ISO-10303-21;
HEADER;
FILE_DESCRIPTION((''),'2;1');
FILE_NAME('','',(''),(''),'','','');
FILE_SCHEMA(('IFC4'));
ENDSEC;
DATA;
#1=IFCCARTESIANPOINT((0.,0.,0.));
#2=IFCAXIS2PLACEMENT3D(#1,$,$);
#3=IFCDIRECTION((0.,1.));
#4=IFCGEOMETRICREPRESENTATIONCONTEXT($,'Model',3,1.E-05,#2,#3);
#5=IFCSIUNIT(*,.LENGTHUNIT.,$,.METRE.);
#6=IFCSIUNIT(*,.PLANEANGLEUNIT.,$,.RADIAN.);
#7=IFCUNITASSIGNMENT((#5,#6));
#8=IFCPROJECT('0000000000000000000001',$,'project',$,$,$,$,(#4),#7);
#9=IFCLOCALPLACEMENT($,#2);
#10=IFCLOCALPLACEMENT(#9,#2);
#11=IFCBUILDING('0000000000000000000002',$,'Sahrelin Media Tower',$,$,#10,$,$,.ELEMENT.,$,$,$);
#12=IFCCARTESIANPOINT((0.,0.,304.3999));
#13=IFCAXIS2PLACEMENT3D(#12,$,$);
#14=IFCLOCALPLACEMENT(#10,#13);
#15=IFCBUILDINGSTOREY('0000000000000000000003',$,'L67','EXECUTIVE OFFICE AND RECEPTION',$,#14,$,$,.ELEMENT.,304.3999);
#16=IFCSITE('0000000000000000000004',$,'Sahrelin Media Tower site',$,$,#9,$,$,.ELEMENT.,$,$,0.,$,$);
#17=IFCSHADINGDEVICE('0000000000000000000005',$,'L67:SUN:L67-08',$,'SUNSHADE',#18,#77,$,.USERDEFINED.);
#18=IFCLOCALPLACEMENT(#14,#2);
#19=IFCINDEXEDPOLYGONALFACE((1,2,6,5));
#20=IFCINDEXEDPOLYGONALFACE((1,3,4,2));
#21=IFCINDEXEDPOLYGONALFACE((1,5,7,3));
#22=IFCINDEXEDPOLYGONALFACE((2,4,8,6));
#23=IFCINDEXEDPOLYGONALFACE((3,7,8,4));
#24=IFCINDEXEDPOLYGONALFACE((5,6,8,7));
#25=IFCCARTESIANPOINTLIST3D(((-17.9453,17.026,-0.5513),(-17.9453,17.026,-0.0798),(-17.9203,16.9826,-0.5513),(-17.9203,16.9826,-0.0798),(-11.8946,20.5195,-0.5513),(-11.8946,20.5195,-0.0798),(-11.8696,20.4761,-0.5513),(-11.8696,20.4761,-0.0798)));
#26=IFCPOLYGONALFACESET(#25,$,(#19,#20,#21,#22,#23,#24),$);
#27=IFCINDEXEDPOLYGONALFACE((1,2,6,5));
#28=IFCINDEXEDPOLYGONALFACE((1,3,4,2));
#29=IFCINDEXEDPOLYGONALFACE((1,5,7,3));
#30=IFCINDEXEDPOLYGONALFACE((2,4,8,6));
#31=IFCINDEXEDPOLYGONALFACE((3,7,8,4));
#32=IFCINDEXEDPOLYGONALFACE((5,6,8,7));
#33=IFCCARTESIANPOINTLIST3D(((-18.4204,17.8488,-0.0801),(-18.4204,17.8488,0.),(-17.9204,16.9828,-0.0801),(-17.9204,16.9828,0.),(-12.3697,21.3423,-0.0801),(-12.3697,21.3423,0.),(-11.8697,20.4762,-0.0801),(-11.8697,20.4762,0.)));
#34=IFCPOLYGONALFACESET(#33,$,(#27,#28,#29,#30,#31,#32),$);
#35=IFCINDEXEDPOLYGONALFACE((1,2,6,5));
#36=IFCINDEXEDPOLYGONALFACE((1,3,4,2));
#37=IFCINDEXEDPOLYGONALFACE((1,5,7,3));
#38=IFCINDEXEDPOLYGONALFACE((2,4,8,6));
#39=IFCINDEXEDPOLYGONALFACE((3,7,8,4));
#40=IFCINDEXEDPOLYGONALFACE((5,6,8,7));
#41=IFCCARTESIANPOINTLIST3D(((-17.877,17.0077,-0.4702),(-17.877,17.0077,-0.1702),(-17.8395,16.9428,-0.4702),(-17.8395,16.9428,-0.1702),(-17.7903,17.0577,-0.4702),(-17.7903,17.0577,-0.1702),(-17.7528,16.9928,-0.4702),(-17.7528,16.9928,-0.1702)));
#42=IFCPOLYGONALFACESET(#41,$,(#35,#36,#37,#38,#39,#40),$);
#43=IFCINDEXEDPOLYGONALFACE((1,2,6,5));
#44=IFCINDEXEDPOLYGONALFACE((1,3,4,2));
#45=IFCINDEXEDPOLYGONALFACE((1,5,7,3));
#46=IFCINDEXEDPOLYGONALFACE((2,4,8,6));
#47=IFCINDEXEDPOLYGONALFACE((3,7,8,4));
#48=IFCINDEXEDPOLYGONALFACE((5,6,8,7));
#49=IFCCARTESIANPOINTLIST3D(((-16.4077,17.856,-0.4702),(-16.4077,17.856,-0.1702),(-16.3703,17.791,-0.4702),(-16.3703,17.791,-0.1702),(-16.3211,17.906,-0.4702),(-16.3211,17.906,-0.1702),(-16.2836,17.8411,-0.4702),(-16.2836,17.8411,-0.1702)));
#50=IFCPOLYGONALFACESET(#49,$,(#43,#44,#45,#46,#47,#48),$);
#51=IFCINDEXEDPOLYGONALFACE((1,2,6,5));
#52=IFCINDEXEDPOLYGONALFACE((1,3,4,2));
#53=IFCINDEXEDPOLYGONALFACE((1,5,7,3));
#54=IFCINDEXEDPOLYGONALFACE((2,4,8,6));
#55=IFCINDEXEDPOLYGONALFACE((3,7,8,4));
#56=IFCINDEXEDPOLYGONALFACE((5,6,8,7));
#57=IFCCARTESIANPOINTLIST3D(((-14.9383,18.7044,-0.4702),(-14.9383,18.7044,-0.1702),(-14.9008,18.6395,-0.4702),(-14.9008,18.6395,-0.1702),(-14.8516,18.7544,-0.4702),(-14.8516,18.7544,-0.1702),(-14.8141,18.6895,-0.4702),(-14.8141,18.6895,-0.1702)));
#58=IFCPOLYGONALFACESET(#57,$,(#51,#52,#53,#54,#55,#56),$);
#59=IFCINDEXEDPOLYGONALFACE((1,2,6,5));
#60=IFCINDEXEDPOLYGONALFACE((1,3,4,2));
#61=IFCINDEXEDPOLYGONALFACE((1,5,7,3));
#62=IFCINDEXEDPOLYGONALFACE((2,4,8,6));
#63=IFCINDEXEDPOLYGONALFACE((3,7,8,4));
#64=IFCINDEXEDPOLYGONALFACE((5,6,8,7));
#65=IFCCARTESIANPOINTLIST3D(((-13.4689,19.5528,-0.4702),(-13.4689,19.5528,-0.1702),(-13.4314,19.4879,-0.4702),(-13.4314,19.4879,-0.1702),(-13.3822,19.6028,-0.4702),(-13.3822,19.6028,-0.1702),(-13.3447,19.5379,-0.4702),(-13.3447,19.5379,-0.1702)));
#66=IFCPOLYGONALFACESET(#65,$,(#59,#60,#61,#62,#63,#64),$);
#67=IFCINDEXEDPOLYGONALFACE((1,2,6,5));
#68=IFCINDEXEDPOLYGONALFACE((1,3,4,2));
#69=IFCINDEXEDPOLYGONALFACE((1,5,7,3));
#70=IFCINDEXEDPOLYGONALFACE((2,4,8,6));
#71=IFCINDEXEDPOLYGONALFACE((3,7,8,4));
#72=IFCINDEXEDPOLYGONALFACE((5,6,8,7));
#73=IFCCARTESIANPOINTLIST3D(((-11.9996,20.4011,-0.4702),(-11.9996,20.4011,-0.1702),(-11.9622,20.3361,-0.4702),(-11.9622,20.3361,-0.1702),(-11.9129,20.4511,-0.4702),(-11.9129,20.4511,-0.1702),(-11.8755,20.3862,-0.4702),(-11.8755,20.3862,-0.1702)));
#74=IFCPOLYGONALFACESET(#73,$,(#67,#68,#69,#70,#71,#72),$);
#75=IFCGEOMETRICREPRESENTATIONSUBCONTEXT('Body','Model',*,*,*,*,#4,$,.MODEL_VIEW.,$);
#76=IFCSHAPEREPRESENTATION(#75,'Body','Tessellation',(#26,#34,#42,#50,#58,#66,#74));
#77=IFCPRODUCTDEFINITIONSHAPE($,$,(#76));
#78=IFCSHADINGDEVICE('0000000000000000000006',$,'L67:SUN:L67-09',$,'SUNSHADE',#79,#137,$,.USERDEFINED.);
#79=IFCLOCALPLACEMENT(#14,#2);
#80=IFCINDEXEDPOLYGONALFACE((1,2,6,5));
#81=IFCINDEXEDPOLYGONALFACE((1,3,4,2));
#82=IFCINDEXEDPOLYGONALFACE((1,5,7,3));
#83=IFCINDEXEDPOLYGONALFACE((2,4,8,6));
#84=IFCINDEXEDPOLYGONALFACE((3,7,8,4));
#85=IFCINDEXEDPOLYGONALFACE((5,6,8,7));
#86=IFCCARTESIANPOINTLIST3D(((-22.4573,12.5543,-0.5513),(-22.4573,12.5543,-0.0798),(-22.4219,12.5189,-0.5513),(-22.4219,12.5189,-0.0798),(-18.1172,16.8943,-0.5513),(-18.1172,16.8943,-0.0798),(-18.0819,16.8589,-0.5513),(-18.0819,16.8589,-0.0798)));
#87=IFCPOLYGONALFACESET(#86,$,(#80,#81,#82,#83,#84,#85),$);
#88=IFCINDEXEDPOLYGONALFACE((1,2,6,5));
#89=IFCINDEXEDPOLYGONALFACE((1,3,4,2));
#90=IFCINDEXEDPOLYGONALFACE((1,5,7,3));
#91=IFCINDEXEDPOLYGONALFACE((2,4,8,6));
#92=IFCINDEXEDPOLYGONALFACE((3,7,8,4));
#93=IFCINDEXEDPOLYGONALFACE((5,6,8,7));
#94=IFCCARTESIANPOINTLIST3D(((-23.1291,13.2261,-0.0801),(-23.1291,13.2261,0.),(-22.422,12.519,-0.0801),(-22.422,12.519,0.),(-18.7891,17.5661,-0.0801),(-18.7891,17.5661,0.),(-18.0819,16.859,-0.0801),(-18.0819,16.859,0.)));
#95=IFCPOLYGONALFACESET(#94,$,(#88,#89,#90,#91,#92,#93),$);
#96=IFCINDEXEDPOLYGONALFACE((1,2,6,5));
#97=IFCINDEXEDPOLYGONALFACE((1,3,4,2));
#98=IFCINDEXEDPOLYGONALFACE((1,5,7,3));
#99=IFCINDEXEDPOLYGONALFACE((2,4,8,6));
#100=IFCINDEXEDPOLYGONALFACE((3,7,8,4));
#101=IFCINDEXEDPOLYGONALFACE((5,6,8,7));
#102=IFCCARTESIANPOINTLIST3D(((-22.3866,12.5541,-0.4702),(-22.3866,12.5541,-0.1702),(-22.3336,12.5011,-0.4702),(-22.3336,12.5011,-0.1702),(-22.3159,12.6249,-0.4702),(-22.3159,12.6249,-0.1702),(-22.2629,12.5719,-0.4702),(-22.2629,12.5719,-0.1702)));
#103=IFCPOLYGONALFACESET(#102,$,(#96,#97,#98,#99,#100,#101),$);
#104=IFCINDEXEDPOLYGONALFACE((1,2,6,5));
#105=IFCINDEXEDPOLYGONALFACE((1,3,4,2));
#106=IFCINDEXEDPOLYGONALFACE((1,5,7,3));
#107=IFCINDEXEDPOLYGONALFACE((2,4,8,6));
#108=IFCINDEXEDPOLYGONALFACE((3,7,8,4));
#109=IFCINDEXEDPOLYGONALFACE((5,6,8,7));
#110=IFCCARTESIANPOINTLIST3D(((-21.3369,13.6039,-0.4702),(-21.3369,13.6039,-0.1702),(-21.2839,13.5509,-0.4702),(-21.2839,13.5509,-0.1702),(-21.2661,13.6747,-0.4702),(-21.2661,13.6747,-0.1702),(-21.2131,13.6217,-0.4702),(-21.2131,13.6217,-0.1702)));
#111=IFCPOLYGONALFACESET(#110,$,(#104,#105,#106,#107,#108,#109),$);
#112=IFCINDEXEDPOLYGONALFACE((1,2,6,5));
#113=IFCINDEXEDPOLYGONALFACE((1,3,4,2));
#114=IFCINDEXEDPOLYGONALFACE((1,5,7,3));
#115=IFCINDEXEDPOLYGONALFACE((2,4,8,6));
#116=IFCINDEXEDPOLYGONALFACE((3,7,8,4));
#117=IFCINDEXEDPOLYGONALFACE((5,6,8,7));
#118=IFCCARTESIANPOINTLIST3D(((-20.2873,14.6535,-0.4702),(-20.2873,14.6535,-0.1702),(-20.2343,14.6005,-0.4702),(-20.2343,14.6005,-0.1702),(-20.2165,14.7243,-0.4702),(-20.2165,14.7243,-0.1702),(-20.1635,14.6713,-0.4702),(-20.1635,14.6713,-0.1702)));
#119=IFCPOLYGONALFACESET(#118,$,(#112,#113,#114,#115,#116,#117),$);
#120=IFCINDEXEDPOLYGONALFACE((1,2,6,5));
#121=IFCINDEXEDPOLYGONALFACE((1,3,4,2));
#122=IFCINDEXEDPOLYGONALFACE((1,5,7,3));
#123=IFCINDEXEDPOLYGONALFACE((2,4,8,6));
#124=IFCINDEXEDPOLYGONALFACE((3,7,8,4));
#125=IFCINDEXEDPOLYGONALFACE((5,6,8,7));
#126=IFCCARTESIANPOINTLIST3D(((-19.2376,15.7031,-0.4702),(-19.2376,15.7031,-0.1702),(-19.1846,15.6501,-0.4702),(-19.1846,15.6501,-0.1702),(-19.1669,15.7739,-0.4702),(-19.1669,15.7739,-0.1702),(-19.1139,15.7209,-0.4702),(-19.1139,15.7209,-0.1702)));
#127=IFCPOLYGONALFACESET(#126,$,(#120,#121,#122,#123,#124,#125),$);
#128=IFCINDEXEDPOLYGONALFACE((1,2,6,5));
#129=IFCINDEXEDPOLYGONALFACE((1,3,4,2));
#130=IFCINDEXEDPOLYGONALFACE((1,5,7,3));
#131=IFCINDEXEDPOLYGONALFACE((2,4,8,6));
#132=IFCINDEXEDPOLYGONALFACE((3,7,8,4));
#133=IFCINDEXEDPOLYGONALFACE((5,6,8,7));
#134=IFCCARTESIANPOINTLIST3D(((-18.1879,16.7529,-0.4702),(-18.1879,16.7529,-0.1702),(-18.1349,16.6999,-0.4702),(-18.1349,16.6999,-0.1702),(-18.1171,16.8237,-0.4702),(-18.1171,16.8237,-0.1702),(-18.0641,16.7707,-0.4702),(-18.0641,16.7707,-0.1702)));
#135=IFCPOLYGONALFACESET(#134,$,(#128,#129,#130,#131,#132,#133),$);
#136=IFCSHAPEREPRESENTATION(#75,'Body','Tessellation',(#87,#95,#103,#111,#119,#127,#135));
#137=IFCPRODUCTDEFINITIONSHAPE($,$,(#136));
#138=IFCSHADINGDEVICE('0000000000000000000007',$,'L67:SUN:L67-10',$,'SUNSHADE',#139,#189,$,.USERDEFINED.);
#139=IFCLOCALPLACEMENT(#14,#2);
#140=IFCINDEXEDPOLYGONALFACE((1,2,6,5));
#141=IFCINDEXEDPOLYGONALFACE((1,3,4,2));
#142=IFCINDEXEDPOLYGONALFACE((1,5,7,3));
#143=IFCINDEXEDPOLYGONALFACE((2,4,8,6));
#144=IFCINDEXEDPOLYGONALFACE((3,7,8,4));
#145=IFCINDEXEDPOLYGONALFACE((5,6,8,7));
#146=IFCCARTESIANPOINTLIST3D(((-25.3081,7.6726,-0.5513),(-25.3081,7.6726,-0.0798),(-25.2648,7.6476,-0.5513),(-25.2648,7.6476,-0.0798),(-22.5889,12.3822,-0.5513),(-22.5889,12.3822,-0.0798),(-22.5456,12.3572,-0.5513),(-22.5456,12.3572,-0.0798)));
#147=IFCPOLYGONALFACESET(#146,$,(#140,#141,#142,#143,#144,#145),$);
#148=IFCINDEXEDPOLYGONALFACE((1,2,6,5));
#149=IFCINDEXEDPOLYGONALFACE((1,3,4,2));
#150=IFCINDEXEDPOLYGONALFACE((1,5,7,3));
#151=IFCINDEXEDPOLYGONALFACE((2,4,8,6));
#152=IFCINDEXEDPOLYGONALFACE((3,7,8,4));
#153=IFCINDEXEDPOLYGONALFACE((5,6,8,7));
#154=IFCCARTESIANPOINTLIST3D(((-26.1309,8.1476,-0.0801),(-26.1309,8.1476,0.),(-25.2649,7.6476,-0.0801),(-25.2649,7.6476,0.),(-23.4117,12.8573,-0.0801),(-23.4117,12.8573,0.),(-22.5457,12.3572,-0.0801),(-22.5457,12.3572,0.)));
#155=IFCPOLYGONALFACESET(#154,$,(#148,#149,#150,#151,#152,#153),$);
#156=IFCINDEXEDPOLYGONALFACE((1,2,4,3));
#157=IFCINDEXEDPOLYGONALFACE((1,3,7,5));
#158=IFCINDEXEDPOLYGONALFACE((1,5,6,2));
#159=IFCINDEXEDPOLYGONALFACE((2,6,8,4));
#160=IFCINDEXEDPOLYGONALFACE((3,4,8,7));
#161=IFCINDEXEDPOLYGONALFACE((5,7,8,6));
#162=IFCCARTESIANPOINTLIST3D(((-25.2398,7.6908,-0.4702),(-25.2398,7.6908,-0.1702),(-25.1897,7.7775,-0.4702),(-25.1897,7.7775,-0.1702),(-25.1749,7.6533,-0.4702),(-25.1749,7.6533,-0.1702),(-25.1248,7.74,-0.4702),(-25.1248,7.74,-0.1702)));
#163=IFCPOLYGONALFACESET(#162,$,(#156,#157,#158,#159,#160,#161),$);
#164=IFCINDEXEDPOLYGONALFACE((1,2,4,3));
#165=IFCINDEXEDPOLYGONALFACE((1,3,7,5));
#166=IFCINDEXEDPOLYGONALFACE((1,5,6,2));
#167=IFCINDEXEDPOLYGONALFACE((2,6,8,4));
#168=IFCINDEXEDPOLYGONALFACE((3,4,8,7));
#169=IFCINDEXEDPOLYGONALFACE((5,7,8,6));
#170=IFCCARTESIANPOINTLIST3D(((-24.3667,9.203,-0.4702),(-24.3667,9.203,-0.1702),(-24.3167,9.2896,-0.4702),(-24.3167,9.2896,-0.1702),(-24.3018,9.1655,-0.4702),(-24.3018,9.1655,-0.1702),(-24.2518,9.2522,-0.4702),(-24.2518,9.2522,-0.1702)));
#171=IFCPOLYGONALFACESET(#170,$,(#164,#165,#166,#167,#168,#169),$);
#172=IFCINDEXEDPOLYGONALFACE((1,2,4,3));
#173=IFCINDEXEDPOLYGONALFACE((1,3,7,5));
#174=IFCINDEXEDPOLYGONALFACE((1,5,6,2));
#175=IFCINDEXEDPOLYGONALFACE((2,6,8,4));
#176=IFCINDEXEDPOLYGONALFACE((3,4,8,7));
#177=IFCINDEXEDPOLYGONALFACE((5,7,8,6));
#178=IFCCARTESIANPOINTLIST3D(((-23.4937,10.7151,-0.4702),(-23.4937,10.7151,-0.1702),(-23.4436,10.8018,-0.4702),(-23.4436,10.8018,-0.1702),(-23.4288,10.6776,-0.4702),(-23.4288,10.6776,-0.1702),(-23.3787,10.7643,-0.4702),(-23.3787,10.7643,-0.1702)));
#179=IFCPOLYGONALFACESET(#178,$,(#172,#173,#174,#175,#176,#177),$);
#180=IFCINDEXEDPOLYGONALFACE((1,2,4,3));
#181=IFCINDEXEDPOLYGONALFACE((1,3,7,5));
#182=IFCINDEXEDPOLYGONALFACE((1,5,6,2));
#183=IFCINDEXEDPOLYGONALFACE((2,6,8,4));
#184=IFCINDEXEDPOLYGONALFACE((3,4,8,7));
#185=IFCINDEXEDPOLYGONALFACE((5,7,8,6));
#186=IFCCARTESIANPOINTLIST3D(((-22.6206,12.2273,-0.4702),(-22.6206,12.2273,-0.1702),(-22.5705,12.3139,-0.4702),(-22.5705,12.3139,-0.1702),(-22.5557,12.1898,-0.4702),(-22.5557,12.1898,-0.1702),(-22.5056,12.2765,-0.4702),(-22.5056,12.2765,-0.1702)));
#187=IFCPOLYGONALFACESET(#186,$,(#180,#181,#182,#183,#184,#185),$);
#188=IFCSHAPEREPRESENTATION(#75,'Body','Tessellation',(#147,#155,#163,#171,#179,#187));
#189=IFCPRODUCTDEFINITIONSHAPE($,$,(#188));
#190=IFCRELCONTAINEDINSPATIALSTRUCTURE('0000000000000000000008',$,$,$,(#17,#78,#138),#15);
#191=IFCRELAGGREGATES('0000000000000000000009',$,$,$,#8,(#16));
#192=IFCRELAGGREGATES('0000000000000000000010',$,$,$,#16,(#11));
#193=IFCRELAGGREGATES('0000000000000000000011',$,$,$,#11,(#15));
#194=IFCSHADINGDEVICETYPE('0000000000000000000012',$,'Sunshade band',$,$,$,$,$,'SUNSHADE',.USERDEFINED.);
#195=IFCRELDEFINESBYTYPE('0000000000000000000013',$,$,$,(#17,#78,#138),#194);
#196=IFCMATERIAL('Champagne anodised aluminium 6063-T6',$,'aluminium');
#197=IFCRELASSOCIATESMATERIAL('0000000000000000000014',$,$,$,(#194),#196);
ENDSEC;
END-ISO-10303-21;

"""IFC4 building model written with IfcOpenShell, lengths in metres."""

from ifc_helpers import new_model, si_unit, direction, frame, origin, origin_2d, place, context, subcontext, project, spatial, rectangle, extrude, material, type_object, element, save


model = new_model("IFC4")

# Units and contexts
model_context = context("Model", 3, precision=1e-05, world=origin(), true_north=direction((0.0, 1.0)))
body_context = subcontext(model_context, "Body", "Model", "MODEL_VIEW")
ifc_project = project(units=[si_unit("LENGTHUNIT", "METRE"), si_unit("PLANEANGLEUNIT", "RADIAN")], contexts=[model_context])

# Site, building, storey
site_placement = place(None, origin())
site = spatial("IfcSite", under=ifc_project, at=site_placement, Name="Sahrelin Media Tower site", CompositionType="ELEMENT", RefElevation=0.0)
building_placement = place(site_placement, origin())
building = spatial("IfcBuilding", under=site, at=building_placement, Name="Sahrelin Media Tower", CompositionType="ELEMENT")
storey_placement = place(building_placement, frame((0.0, 0.0, 304.3999)))
storey = spatial("IfcBuildingStorey", under=building, at=storey_placement, Name="L67", Description="EXECUTIVE OFFICE AND RECEPTION", CompositionType="ELEMENT", Elevation=304.3999)

# Shared definitions
ifc_material_1 = material(Name="Champagne anodised aluminium 6063-T6", Category="aluminium")

# Shading devices
placement_1 = place(storey_placement, frame((-14.885, 18.7122, 0.0), z_axis=(0.0, 0.0, 1.0), x_axis=(0.866019, 0.500011, 0.0)))
placement_2 = place(storey_placement, frame((-20.2378, 14.6748, 0.0), z_axis=(0.0, 0.0, 1.0), x_axis=(0.707107, 0.707107, 0.0)))
placement_3 = place(storey_placement, frame((-23.8879, 9.9924, 0.0), z_axis=(0.0, 0.0, 1.0), x_axis=(0.500011, 0.866019, 0.0)))
shading_device_type_1 = type_object("IfcShadingDeviceType", Name="Sunshade band", ElementType="SUNSHADE", PredefinedType="USERDEFINED", material=ifc_material_1)
element("IfcShadingDevice", 1, at=placement_1, inside=storey, type_object=shading_device_type_1, Name="L67:SUN:L67-08", ObjectType="SUNSHADE", PredefinedType="USERDEFINED", context=body_context, shape_type="SweptSolid", body=[
    extrude(rectangle(XDim=6.9868, YDim=0.05, at=origin_2d()), frame((0.0, 0.0449, -0.5513)), (0.0, 0.0, 1.0), 0.4714),
    extrude(rectangle(XDim=6.9868, YDim=1.0, at=origin_2d()), frame((0.0, 0.52, -0.0801)), (0.0, 0.0, 1.0), 0.0801),
    extrude(rectangle(XDim=0.1001, YDim=0.075, at=origin_2d()), frame((-3.3933, -0.0176, -0.4702)), (0.0, 0.0, 1.0), 0.3),
    extrude(rectangle(XDim=0.1001, YDim=0.075, at=origin_2d()), frame((-1.6968, -0.0176, -0.4702)), (0.0, 0.0, 1.0), 0.3),
    extrude(rectangle(XDim=0.1001, YDim=0.075, at=origin_2d()), frame((0.0, -0.0176, -0.4702)), (0.0, 0.0, 1.0), 0.3),
    extrude(rectangle(XDim=0.1001, YDim=0.075, at=origin_2d()), frame((1.6968, -0.0176, -0.4702)), (0.0, 0.0, 1.0), 0.3),
    extrude(rectangle(XDim=0.1001, YDim=0.075, at=origin_2d()), frame((3.3933, -0.0176, -0.4702)), (0.0, 0.0, 1.0), 0.3),
])
element("IfcShadingDevice", 2, at=placement_2, inside=storey, type_object=shading_device_type_1, Name="L67:SUN:L67-09", ObjectType="SUNSHADE", PredefinedType="USERDEFINED", context=body_context, shape_type="SweptSolid", body=[
    extrude(rectangle(XDim=6.1377, YDim=0.05, at=origin_2d()), frame((0.0, 0.0449, -0.5513)), (0.0, 0.0, 1.0), 0.4714),
    extrude(rectangle(XDim=6.1377, YDim=1.0, at=origin_2d()), frame((0.0, 0.52, -0.0801)), (0.0, 0.0, 1.0), 0.0801),
    extrude(rectangle(XDim=0.1001, YDim=0.075, at=origin_2d()), frame((-2.969, -0.0176, -0.4702)), (0.0, 0.0, 1.0), 0.3),
    extrude(rectangle(XDim=0.1001, YDim=0.075, at=origin_2d()), frame((-1.4844, -0.0176, -0.4702)), (0.0, 0.0, 1.0), 0.3),
    extrude(rectangle(XDim=0.1001, YDim=0.075, at=origin_2d()), frame((0.0, -0.0176, -0.4702)), (0.0, 0.0, 1.0), 0.3),
    extrude(rectangle(XDim=0.1001, YDim=0.075, at=origin_2d()), frame((1.4844, -0.0176, -0.4702)), (0.0, 0.0, 1.0), 0.3),
    extrude(rectangle(XDim=0.1001, YDim=0.075, at=origin_2d()), frame((2.969, -0.0176, -0.4702)), (0.0, 0.0, 1.0), 0.3),
])
element("IfcShadingDevice", 3, at=placement_3, inside=storey, type_object=shading_device_type_1, Name="L67:SUN:L67-10", ObjectType="SUNSHADE", PredefinedType="USERDEFINED", context=body_context, shape_type="SweptSolid", body=[
    extrude(rectangle(XDim=5.4382, YDim=0.05, at=origin_2d()), frame((0.0, 0.0449, -0.5513)), (0.0, 0.0, 1.0), 0.4714),
    extrude(rectangle(XDim=5.4382, YDim=1.0, at=origin_2d()), frame((0.0, 0.52, -0.0801)), (0.0, 0.0, 1.0), 0.0801),
    extrude(rectangle(XDim=0.1001, YDim=0.075, at=origin_2d()), frame((-2.6191, -0.0176, -0.4702)), (0.0, 0.0, 1.0), 0.3),
    extrude(rectangle(XDim=0.1001, YDim=0.075, at=origin_2d()), frame((-0.873, -0.0176, -0.4702)), (0.0, 0.0, 1.0), 0.3),
    extrude(rectangle(XDim=0.1001, YDim=0.075, at=origin_2d()), frame((0.873, -0.0176, -0.4702)), (0.0, 0.0, 1.0), 0.3),
    extrude(rectangle(XDim=0.1001, YDim=0.075, at=origin_2d()), frame((2.6191, -0.0176, -0.4702)), (0.0, 0.0, 1.0), 0.3),
])

save(model, "model.ifc")
